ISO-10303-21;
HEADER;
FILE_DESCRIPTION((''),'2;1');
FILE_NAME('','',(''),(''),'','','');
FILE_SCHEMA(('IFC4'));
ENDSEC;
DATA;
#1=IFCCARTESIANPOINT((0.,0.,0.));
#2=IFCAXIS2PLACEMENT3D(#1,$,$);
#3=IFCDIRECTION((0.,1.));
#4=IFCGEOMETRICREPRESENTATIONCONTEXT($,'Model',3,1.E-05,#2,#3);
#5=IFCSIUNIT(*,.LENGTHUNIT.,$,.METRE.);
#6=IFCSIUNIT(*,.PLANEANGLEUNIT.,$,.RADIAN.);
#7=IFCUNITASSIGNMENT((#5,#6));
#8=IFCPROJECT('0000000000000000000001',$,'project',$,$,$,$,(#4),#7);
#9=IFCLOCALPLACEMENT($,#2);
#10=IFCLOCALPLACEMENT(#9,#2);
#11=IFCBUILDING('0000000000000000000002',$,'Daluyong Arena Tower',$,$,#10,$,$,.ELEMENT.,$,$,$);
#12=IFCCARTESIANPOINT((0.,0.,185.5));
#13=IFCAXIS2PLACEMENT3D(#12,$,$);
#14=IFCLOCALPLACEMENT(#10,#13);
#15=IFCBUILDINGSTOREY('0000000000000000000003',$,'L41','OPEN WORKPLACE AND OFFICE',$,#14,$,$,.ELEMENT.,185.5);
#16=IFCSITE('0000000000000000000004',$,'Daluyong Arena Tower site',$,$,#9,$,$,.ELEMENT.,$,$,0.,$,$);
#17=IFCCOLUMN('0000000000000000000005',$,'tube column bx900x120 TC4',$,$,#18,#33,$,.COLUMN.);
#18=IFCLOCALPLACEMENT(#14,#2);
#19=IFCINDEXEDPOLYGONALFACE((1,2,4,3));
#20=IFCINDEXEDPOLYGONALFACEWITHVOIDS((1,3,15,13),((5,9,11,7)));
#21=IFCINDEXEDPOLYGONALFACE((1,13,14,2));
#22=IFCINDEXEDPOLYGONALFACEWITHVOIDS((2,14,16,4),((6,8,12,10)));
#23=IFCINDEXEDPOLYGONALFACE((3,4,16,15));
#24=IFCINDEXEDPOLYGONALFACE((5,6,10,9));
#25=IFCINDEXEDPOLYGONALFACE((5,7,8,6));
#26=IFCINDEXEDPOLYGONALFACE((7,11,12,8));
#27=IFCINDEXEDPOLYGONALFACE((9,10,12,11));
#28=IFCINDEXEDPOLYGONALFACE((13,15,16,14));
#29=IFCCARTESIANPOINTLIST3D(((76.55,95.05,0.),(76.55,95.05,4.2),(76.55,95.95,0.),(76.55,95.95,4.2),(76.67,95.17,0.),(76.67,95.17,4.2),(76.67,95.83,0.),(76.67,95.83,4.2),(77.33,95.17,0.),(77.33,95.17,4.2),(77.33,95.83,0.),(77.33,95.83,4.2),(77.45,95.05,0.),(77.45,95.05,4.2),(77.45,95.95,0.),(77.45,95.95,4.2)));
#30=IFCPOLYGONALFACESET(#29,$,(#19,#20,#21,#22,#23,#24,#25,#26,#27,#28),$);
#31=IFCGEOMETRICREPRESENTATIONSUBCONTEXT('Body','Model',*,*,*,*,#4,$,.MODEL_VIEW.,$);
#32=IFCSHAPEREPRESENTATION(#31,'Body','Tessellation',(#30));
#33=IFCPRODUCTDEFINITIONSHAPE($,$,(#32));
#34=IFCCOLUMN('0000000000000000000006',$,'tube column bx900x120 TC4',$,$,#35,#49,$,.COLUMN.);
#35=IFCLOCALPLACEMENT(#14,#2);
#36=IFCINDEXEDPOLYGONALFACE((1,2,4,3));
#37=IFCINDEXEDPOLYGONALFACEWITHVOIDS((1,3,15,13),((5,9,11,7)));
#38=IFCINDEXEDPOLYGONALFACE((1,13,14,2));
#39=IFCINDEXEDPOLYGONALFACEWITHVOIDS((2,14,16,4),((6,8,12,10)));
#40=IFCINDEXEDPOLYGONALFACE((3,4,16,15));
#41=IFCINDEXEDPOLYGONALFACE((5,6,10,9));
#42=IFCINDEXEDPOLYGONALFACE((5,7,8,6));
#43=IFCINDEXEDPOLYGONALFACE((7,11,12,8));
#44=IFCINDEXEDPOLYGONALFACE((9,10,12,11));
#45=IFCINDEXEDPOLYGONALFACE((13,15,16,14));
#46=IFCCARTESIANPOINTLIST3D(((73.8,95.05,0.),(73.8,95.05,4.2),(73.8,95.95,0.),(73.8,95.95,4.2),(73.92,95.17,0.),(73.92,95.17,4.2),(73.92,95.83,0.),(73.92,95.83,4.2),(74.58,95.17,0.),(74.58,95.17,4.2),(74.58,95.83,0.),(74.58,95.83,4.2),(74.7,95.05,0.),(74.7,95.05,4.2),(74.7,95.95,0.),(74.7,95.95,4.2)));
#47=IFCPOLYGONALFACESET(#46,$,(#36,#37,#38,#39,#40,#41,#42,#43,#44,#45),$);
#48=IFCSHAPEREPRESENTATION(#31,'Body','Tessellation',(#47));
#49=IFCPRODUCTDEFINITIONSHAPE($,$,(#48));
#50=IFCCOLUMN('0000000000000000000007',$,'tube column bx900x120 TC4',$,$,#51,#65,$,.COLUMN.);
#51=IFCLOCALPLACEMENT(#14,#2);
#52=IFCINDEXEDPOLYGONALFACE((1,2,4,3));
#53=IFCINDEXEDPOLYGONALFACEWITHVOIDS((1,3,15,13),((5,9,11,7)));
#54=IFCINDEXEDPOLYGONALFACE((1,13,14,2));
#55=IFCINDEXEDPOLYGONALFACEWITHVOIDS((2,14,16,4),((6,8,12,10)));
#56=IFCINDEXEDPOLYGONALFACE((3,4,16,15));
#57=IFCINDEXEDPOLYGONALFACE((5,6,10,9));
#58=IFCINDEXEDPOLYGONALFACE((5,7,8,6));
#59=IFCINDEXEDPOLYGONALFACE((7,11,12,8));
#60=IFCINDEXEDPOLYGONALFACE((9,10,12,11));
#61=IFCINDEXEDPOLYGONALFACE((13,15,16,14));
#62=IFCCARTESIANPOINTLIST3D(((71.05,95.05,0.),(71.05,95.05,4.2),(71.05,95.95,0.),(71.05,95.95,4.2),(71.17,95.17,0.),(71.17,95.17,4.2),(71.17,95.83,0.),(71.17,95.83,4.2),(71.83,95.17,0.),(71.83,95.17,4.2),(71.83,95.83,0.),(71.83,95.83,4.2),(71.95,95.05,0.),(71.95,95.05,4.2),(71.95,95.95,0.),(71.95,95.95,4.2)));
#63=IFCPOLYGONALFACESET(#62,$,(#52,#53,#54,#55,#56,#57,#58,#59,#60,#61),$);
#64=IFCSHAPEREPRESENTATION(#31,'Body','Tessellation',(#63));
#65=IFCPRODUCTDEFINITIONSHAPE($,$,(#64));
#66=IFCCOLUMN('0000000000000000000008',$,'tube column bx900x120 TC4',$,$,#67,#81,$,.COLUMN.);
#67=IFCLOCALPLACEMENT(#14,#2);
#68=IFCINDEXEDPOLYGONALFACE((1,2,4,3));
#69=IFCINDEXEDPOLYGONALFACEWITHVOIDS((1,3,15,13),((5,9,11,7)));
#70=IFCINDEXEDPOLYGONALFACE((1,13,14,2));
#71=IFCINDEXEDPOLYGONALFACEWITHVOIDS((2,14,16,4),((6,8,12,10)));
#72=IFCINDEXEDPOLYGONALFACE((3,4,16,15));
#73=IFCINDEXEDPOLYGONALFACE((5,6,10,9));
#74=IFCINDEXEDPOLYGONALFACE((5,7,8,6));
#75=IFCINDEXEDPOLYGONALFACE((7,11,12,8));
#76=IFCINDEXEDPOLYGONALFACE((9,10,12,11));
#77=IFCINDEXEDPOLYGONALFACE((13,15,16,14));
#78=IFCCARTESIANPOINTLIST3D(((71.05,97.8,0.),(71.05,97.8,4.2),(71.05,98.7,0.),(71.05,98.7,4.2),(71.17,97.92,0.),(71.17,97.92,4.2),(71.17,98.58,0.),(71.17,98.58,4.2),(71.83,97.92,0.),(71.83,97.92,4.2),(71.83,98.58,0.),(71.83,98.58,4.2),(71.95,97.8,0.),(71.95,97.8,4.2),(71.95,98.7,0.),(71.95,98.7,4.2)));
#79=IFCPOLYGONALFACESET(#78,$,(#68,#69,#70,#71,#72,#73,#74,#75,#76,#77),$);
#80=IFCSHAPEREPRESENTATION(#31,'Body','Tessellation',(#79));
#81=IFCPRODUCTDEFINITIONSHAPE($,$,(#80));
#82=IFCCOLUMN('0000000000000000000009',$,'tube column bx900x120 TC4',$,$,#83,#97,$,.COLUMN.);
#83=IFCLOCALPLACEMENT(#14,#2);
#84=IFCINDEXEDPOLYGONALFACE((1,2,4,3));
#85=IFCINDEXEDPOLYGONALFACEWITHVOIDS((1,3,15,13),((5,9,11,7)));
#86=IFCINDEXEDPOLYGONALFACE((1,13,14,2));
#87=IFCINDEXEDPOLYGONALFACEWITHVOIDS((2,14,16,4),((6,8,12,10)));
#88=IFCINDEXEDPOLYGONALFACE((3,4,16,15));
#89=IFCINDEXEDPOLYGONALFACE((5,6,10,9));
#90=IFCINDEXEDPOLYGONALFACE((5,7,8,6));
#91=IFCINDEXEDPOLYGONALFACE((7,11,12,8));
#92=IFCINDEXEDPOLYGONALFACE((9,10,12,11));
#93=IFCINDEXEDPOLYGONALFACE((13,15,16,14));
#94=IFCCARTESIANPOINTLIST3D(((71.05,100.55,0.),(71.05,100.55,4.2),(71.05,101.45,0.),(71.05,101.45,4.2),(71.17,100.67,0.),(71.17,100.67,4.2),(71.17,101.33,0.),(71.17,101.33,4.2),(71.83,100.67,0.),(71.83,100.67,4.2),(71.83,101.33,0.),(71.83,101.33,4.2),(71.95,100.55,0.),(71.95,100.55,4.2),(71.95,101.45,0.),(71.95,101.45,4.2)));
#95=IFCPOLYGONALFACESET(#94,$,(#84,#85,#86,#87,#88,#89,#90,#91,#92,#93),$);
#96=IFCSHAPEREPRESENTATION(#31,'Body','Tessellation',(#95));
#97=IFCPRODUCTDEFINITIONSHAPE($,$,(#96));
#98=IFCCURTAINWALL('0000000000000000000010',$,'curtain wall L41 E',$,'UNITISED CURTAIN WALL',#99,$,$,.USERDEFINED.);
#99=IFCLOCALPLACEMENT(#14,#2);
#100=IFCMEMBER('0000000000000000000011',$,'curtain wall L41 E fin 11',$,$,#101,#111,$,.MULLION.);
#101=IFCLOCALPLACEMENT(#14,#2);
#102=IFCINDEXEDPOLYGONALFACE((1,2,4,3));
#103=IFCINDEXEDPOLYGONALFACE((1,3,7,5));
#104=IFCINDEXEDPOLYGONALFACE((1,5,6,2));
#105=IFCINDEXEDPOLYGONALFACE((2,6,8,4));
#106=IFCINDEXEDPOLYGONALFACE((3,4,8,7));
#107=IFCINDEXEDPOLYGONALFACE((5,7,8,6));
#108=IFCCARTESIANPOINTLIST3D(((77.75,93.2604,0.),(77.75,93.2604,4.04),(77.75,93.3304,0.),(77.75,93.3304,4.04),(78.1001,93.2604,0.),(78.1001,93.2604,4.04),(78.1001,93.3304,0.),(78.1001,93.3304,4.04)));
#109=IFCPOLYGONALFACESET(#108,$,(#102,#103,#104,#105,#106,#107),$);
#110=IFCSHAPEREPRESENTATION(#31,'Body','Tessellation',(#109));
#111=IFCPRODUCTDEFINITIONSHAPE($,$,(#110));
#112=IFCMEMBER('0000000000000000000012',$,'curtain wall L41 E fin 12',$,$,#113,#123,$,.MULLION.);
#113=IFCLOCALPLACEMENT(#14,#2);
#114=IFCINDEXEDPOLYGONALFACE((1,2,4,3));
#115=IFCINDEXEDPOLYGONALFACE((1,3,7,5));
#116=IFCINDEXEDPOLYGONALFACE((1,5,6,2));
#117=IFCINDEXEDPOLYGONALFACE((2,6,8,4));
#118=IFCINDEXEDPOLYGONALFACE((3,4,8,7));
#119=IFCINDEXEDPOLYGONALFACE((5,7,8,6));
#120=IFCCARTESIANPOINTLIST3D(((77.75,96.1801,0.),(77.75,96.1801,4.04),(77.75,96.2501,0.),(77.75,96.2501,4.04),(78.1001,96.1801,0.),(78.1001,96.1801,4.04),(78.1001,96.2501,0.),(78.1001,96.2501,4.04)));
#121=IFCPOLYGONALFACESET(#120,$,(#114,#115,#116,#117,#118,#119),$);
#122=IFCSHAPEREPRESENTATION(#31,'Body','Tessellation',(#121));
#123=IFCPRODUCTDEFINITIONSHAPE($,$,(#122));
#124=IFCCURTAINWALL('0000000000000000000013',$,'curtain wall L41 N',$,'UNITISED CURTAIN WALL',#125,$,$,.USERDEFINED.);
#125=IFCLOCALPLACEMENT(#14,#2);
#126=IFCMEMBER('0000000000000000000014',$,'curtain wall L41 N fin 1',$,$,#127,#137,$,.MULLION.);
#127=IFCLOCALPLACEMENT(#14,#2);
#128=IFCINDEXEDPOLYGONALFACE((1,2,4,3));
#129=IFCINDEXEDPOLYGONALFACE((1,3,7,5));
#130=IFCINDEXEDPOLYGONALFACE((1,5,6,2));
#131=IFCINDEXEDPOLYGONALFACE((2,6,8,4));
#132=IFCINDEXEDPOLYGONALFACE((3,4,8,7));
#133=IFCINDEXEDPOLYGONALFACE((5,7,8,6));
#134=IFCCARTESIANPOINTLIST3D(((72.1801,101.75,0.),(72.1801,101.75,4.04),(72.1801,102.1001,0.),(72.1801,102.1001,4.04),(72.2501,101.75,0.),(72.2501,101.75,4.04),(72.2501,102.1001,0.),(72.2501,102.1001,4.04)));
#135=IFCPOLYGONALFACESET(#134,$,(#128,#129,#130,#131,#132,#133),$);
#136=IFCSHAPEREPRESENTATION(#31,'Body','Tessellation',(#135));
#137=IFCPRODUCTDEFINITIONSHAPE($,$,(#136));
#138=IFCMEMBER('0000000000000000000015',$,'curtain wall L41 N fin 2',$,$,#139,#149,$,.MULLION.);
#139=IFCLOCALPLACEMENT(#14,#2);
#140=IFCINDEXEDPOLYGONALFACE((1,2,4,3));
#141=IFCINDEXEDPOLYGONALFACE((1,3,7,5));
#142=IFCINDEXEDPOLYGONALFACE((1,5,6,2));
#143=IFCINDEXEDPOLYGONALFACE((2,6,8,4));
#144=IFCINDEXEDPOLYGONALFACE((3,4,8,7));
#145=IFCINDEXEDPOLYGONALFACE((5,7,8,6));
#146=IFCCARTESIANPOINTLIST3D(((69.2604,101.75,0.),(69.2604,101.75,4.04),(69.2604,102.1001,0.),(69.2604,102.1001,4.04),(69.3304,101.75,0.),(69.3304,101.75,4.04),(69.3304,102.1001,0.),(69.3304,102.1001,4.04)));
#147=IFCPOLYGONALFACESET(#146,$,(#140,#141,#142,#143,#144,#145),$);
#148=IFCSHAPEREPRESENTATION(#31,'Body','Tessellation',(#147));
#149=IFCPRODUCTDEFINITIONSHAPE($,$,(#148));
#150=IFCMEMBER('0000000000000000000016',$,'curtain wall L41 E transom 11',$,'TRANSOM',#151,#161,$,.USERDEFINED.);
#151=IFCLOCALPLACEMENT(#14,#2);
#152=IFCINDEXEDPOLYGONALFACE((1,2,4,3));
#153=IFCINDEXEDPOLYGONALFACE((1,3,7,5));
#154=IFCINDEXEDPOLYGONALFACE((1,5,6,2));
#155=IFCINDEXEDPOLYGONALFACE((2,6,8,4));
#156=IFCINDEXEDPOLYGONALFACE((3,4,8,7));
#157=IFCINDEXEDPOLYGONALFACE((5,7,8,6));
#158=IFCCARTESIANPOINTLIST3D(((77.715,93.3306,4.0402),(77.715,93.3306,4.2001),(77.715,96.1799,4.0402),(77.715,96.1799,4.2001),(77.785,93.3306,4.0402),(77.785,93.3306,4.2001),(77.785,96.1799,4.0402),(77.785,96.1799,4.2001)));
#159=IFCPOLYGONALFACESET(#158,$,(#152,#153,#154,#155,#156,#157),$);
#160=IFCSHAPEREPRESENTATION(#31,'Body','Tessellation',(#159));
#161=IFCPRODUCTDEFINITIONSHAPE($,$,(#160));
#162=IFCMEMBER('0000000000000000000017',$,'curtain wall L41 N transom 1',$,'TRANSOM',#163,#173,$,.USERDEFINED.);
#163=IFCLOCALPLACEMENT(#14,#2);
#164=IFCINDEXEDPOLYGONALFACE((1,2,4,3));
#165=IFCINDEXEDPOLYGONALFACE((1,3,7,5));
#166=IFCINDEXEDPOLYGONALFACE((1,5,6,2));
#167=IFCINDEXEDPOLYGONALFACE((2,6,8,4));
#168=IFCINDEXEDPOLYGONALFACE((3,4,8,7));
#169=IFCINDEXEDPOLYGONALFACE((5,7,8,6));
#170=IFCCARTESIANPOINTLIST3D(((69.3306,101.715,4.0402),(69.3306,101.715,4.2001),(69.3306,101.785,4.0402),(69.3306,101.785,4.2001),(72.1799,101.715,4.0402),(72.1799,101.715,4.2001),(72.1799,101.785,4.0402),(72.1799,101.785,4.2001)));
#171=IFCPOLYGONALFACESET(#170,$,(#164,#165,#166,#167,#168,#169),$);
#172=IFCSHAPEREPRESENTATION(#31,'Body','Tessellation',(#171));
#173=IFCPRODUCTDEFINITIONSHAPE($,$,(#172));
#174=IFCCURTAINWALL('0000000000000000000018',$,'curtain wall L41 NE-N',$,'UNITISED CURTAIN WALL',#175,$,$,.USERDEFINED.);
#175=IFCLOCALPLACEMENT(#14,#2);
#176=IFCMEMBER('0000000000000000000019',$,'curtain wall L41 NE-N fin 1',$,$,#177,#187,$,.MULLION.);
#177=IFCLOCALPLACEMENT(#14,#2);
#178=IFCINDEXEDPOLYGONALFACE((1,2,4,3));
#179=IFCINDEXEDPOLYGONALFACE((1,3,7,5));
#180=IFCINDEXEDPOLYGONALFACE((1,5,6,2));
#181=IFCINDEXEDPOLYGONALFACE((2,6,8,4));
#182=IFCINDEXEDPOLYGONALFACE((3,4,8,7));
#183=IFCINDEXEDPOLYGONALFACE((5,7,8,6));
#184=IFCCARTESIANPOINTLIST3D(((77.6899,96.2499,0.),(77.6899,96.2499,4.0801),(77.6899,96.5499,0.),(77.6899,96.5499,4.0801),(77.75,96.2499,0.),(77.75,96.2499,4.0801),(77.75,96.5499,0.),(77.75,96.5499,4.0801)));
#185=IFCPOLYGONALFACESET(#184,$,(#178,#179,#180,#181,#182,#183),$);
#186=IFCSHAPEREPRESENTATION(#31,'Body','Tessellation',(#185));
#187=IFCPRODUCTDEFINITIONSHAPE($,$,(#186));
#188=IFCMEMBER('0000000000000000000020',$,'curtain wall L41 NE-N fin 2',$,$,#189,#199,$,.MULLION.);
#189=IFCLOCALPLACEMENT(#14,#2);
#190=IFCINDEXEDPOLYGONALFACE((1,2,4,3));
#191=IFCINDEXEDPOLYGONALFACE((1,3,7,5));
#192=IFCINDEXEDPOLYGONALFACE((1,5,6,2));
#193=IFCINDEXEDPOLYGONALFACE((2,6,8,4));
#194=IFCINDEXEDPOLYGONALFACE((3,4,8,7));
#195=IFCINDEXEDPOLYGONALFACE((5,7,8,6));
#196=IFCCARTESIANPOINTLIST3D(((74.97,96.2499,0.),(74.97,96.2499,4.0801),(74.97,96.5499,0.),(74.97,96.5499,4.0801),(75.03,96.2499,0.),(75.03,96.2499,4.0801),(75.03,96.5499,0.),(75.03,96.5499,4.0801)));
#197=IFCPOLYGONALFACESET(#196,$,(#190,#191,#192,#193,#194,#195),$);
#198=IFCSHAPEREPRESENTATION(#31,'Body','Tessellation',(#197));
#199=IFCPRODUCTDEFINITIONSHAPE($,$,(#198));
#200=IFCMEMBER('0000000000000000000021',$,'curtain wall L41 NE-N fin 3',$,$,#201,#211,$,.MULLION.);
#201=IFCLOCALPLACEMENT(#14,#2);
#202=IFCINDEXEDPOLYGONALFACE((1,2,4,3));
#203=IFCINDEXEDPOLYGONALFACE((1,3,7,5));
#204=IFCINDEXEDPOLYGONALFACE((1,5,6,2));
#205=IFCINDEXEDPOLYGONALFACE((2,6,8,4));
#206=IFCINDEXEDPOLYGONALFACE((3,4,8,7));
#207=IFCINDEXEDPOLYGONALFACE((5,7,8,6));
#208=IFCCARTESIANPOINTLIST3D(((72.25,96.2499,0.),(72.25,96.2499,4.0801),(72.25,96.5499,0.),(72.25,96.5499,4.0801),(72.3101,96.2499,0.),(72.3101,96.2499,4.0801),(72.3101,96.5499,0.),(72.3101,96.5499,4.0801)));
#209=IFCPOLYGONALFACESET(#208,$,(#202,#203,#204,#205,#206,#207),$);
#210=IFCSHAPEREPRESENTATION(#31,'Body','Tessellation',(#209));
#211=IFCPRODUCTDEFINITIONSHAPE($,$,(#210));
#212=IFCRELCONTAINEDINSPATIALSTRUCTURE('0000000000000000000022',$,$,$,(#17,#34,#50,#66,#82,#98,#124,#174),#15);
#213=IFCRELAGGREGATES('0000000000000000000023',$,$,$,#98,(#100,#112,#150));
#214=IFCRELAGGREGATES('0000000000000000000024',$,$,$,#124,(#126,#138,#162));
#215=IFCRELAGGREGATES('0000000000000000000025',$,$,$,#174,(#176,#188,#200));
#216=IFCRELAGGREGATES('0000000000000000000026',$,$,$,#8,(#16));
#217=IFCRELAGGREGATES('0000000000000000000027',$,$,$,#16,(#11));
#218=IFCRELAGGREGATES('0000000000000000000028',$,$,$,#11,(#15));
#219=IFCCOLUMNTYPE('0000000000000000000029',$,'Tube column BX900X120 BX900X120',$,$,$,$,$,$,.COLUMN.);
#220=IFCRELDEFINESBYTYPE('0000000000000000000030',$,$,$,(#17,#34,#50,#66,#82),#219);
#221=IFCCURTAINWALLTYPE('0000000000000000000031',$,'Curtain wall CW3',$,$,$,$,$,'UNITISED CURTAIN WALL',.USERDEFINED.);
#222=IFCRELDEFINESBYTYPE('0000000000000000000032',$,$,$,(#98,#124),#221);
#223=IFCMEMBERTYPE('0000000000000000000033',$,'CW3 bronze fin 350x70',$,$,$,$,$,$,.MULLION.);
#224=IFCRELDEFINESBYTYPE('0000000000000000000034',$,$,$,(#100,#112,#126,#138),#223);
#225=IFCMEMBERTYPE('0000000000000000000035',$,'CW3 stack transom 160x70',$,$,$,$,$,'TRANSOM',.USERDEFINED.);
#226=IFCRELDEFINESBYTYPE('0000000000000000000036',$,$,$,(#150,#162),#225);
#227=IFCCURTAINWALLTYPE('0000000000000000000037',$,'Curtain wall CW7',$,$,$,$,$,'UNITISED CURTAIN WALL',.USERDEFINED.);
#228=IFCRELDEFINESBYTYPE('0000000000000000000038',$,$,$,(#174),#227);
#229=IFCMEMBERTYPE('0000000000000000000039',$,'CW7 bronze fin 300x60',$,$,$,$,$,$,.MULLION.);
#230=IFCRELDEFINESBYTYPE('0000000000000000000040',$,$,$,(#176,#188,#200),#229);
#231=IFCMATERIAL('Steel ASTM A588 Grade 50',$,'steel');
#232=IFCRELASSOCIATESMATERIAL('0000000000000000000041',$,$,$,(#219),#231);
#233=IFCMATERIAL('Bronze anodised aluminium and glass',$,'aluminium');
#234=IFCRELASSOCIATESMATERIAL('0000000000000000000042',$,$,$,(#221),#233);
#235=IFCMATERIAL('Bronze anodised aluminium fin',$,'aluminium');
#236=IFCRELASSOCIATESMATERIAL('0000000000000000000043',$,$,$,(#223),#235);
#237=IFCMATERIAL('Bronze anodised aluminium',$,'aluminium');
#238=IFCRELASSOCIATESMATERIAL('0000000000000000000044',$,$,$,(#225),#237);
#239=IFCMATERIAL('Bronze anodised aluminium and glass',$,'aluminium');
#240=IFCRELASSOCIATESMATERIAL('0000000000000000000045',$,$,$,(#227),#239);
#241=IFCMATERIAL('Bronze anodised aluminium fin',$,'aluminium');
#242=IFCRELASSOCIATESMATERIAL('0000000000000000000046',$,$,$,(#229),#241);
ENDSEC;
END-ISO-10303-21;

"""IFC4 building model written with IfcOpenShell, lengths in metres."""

from ifc_helpers import new_model, si_unit, direction, frame, origin, origin_2d, place, context, subcontext, project, spatial, rectangle, hollow_rectangle, extrude, material, material_profile, profile_set, type_object, element, aggregate, save


model = new_model("IFC4")

# Units and contexts
model_context = context("Model", 3, precision=1e-05, world=origin(), true_north=direction((0.0, 1.0)))
body_context = subcontext(model_context, "Body", "Model", "MODEL_VIEW")
ifc_project = project(units=[si_unit("LENGTHUNIT", "METRE"), si_unit("PLANEANGLEUNIT", "RADIAN")], contexts=[model_context])

# Site, building, storey
site_placement = place(None, origin())
site = spatial("IfcSite", under=ifc_project, at=site_placement, Name="Daluyong Arena Tower site", CompositionType="ELEMENT", RefElevation=0.0)
building_placement = place(site_placement, origin())
building = spatial("IfcBuilding", under=site, at=building_placement, Name="Daluyong Arena Tower", CompositionType="ELEMENT")
storey_placement = place(building_placement, frame((0.0, 0.0, 185.5)))
storey = spatial("IfcBuildingStorey", under=building, at=storey_placement, Name="L41", Description="OPEN WORKPLACE AND OFFICE", CompositionType="ELEMENT", Elevation=185.5)

# Columns
ifc_material_1 = material(Name="Steel ASTM A588 Grade 50", Category="steel")
ifc_material_profile_1 = material_profile(ifc_material_1, hollow_rectangle(XDim=0.8999, YDim=0.8999, WallThickness=0.12, at=origin_2d()))
ifc_profile_set_1 = profile_set([ifc_material_profile_1], Name="Steel ASTM A588 Grade 50")
column_type = type_object("IfcColumnType", Name="Tube column BX900X120 BX900X120", PredefinedType="COLUMN", material=ifc_profile_set_1)
for number, where, z_axis, x_axis, name in (
    (1, (77.0, 95.5, 0.0), (0.0, 0.0, 1.0), (1.0, 0.0, 0.0), "tube column bx900x120 TC4"),
    (2, (74.25, 95.5, 0.0), (0.0, 0.0, 1.0), (1.0, 0.0, 0.0), "tube column bx900x120 TC4"),
    (3, (71.5, 95.5, 0.0), (0.0, 0.0, 1.0), (0.0, 1.0, 0.0), "tube column bx900x120 TC4"),
    (4, (71.5, 98.25, 0.0), (0.0, 0.0, 1.0), (0.0, 1.0, 0.0), "tube column bx900x120 TC4"),
    (5, (71.5, 101.0, 0.0), (0.0, 0.0, 1.0), (1.0, 0.0, 0.0), "tube column bx900x120 TC4"),
):
    element("IfcColumn", number, at=place(storey_placement, frame(where, z_axis=z_axis, x_axis=x_axis)), inside=storey, type_object=column_type, Name=name, PredefinedType="COLUMN", context=body_context, shape_type="SweptSolid", body=[
        extrude(hollow_rectangle(XDim=0.8999, YDim=0.8999, WallThickness=0.12, at=origin_2d()), origin(), (0.0, 0.0, 1.0), 4.2),
    ])

# Curtain walls, members
ifc_material_2 = material(Name="Bronze anodised aluminium and glass", Category="aluminium")
curtain_wall_type_1 = type_object("IfcCurtainWallType", Name="Curtain wall CW3", ElementType="UNITISED CURTAIN WALL", PredefinedType="USERDEFINED", material=ifc_material_2)
curtain_wall_1_placement = place(storey_placement, origin())
curtain_wall_1 = element("IfcCurtainWall", 6, at=curtain_wall_1_placement, inside=storey, type_object=curtain_wall_type_1, Name="curtain wall L41 E", ObjectType="UNITISED CURTAIN WALL", PredefinedType="USERDEFINED")
ifc_material_3 = material(Name="Bronze anodised aluminium fin", Category="aluminium")
ifc_material_profile_2 = material_profile(ifc_material_3, rectangle(XDim=0.3501, YDim=0.0701, at=origin_2d()))
ifc_profile_set_2 = profile_set([ifc_material_profile_2], Name="Bronze anodised aluminium fin")
member_type_1 = type_object("IfcMemberType", Name="CW3 bronze fin 350x70", PredefinedType="MULLION", material=ifc_profile_set_2)
member_1_placement = place(storey_placement, frame((77.925, 93.2954, 0.0), z_axis=(0.0, 0.0, 1.0), x_axis=(-1.0, 0.0, 0.0)))
member_1 = element("IfcMember", 7, at=member_1_placement, type_object=member_type_1, Name="curtain wall L41 E fin 11", PredefinedType="MULLION", context=body_context, shape_type="SweptSolid", body=[
    extrude(rectangle(XDim=0.3501, YDim=0.0701, at=origin_2d()), origin(), (0.0, 0.0, 1.0), 4.04),
])
member_2_placement = place(storey_placement, frame((77.925, 96.2151, 0.0), z_axis=(0.0, 0.0, 1.0), x_axis=(-1.0, 0.0, 0.0)))
member_2 = element("IfcMember", 8, at=member_2_placement, type_object=member_type_1, Name="curtain wall L41 E fin 12", PredefinedType="MULLION", context=body_context, shape_type="SweptSolid", body=[
    extrude(rectangle(XDim=0.3501, YDim=0.0701, at=origin_2d()), origin(), (0.0, 0.0, 1.0), 4.04),
])
curtain_wall_2_placement = place(storey_placement, origin())
curtain_wall_2 = element("IfcCurtainWall", 9, at=curtain_wall_2_placement, inside=storey, type_object=curtain_wall_type_1, Name="curtain wall L41 N", ObjectType="UNITISED CURTAIN WALL", PredefinedType="USERDEFINED")
member_3_placement = place(storey_placement, frame((72.2151, 101.925, 0.0), z_axis=(0.0, 0.0, 1.0), x_axis=(0.0, -1.0, 0.0)))
member_3 = element("IfcMember", 10, at=member_3_placement, type_object=member_type_1, Name="curtain wall L41 N fin 1", PredefinedType="MULLION", context=body_context, shape_type="SweptSolid", body=[
    extrude(rectangle(XDim=0.3501, YDim=0.0701, at=origin_2d()), origin(), (0.0, 0.0, 1.0), 4.04),
])
member_4_placement = place(storey_placement, frame((69.2954, 101.925, 0.0), z_axis=(0.0, 0.0, 1.0), x_axis=(0.0, -1.0, 0.0)))
member_4 = element("IfcMember", 11, at=member_4_placement, type_object=member_type_1, Name="curtain wall L41 N fin 2", PredefinedType="MULLION", context=body_context, shape_type="SweptSolid", body=[
    extrude(rectangle(XDim=0.3501, YDim=0.0701, at=origin_2d()), origin(), (0.0, 0.0, 1.0), 4.04),
])

# Members
ifc_material_4 = material(Name="Bronze anodised aluminium", Category="aluminium")
ifc_material_profile_3 = material_profile(ifc_material_4, rectangle(XDim=0.0701, YDim=0.1599, at=origin_2d()))
ifc_profile_set_3 = profile_set([ifc_material_profile_3], Name="Bronze anodised aluminium")
member_type_2 = type_object("IfcMemberType", Name="CW3 stack transom 160x70", ElementType="TRANSOM", PredefinedType="USERDEFINED", material=ifc_profile_set_3)
member_5_placement = place(storey_placement, frame((77.75, 93.3306, 4.1201), z_axis=(0.0, 1.0, 0.0), x_axis=(-1.0, 0.0, 0.0)))
member_5 = element("IfcMember", 12, at=member_5_placement, type_object=member_type_2, Name="curtain wall L41 E transom 11", ObjectType="TRANSOM", PredefinedType="USERDEFINED", context=body_context, shape_type="SweptSolid", body=[
    extrude(rectangle(XDim=0.0701, YDim=0.1599, at=origin_2d()), origin(), (0.0, 0.0, 1.0), 2.8494),
])
member_6_placement = place(storey_placement, frame((72.1799, 101.75, 4.1201), z_axis=(-1.0, 0.0, 0.0), x_axis=(0.0, -1.0, 0.0)))
member_6 = element("IfcMember", 13, at=member_6_placement, type_object=member_type_2, Name="curtain wall L41 N transom 1", ObjectType="TRANSOM", PredefinedType="USERDEFINED", context=body_context, shape_type="SweptSolid", body=[
    extrude(rectangle(XDim=0.0701, YDim=0.1599, at=origin_2d()), origin(), (0.0, 0.0, 1.0), 2.8494),
])

# Curtain wall, members
ifc_material_5 = material(Name="Bronze anodised aluminium and glass", Category="aluminium")
curtain_wall_type_2 = type_object("IfcCurtainWallType", Name="Curtain wall CW7", ElementType="UNITISED CURTAIN WALL", PredefinedType="USERDEFINED", material=ifc_material_5)
curtain_wall_3_placement = place(storey_placement, origin())
curtain_wall_3 = element("IfcCurtainWall", 14, at=curtain_wall_3_placement, inside=storey, type_object=curtain_wall_type_2, Name="curtain wall L41 NE-N", ObjectType="UNITISED CURTAIN WALL", PredefinedType="USERDEFINED")
ifc_material_6 = material(Name="Bronze anodised aluminium fin", Category="aluminium")
ifc_material_profile_4 = material_profile(ifc_material_6, rectangle(XDim=0.3, YDim=0.0601, at=origin_2d()))
ifc_profile_set_4 = profile_set([ifc_material_profile_4], Name="Bronze anodised aluminium fin")
member_type_3 = type_object("IfcMemberType", Name="CW7 bronze fin 300x60", PredefinedType="MULLION", material=ifc_profile_set_4)
member_7_placement = place(storey_placement, frame((77.72, 96.3999, 0.0), z_axis=(0.0, 0.0, 1.0), x_axis=(0.0, -1.0, 0.0)))
member_7 = element("IfcMember", 15, at=member_7_placement, type_object=member_type_3, Name="curtain wall L41 NE-N fin 1", PredefinedType="MULLION", context=body_context, shape_type="SweptSolid", body=[
    extrude(rectangle(XDim=0.3, YDim=0.0601, at=origin_2d()), origin(), (0.0, 0.0, 1.0), 4.0801),
])
member_8_placement = place(storey_placement, frame((75.0, 96.3999, 0.0), z_axis=(0.0, 0.0, 1.0), x_axis=(0.0, -1.0, 0.0)))
member_8 = element("IfcMember", 16, at=member_8_placement, type_object=member_type_3, Name="curtain wall L41 NE-N fin 2", PredefinedType="MULLION", context=body_context, shape_type="SweptSolid", body=[
    extrude(rectangle(XDim=0.3, YDim=0.0601, at=origin_2d()), origin(), (0.0, 0.0, 1.0), 4.0801),
])
member_9_placement = place(storey_placement, frame((72.28, 96.3999, 0.0), z_axis=(0.0, 0.0, 1.0), x_axis=(0.0, -1.0, 0.0)))
member_9 = element("IfcMember", 17, at=member_9_placement, type_object=member_type_3, Name="curtain wall L41 NE-N fin 3", PredefinedType="MULLION", context=body_context, shape_type="SweptSolid", body=[
    extrude(rectangle(XDim=0.3, YDim=0.0601, at=origin_2d()), origin(), (0.0, 0.0, 1.0), 4.0801),
])

aggregate(curtain_wall_1, [member_1, member_2, member_5])
aggregate(curtain_wall_2, [member_3, member_4, member_6])
aggregate(curtain_wall_3, [member_7, member_8, member_9])

save(model, "model.ifc")
